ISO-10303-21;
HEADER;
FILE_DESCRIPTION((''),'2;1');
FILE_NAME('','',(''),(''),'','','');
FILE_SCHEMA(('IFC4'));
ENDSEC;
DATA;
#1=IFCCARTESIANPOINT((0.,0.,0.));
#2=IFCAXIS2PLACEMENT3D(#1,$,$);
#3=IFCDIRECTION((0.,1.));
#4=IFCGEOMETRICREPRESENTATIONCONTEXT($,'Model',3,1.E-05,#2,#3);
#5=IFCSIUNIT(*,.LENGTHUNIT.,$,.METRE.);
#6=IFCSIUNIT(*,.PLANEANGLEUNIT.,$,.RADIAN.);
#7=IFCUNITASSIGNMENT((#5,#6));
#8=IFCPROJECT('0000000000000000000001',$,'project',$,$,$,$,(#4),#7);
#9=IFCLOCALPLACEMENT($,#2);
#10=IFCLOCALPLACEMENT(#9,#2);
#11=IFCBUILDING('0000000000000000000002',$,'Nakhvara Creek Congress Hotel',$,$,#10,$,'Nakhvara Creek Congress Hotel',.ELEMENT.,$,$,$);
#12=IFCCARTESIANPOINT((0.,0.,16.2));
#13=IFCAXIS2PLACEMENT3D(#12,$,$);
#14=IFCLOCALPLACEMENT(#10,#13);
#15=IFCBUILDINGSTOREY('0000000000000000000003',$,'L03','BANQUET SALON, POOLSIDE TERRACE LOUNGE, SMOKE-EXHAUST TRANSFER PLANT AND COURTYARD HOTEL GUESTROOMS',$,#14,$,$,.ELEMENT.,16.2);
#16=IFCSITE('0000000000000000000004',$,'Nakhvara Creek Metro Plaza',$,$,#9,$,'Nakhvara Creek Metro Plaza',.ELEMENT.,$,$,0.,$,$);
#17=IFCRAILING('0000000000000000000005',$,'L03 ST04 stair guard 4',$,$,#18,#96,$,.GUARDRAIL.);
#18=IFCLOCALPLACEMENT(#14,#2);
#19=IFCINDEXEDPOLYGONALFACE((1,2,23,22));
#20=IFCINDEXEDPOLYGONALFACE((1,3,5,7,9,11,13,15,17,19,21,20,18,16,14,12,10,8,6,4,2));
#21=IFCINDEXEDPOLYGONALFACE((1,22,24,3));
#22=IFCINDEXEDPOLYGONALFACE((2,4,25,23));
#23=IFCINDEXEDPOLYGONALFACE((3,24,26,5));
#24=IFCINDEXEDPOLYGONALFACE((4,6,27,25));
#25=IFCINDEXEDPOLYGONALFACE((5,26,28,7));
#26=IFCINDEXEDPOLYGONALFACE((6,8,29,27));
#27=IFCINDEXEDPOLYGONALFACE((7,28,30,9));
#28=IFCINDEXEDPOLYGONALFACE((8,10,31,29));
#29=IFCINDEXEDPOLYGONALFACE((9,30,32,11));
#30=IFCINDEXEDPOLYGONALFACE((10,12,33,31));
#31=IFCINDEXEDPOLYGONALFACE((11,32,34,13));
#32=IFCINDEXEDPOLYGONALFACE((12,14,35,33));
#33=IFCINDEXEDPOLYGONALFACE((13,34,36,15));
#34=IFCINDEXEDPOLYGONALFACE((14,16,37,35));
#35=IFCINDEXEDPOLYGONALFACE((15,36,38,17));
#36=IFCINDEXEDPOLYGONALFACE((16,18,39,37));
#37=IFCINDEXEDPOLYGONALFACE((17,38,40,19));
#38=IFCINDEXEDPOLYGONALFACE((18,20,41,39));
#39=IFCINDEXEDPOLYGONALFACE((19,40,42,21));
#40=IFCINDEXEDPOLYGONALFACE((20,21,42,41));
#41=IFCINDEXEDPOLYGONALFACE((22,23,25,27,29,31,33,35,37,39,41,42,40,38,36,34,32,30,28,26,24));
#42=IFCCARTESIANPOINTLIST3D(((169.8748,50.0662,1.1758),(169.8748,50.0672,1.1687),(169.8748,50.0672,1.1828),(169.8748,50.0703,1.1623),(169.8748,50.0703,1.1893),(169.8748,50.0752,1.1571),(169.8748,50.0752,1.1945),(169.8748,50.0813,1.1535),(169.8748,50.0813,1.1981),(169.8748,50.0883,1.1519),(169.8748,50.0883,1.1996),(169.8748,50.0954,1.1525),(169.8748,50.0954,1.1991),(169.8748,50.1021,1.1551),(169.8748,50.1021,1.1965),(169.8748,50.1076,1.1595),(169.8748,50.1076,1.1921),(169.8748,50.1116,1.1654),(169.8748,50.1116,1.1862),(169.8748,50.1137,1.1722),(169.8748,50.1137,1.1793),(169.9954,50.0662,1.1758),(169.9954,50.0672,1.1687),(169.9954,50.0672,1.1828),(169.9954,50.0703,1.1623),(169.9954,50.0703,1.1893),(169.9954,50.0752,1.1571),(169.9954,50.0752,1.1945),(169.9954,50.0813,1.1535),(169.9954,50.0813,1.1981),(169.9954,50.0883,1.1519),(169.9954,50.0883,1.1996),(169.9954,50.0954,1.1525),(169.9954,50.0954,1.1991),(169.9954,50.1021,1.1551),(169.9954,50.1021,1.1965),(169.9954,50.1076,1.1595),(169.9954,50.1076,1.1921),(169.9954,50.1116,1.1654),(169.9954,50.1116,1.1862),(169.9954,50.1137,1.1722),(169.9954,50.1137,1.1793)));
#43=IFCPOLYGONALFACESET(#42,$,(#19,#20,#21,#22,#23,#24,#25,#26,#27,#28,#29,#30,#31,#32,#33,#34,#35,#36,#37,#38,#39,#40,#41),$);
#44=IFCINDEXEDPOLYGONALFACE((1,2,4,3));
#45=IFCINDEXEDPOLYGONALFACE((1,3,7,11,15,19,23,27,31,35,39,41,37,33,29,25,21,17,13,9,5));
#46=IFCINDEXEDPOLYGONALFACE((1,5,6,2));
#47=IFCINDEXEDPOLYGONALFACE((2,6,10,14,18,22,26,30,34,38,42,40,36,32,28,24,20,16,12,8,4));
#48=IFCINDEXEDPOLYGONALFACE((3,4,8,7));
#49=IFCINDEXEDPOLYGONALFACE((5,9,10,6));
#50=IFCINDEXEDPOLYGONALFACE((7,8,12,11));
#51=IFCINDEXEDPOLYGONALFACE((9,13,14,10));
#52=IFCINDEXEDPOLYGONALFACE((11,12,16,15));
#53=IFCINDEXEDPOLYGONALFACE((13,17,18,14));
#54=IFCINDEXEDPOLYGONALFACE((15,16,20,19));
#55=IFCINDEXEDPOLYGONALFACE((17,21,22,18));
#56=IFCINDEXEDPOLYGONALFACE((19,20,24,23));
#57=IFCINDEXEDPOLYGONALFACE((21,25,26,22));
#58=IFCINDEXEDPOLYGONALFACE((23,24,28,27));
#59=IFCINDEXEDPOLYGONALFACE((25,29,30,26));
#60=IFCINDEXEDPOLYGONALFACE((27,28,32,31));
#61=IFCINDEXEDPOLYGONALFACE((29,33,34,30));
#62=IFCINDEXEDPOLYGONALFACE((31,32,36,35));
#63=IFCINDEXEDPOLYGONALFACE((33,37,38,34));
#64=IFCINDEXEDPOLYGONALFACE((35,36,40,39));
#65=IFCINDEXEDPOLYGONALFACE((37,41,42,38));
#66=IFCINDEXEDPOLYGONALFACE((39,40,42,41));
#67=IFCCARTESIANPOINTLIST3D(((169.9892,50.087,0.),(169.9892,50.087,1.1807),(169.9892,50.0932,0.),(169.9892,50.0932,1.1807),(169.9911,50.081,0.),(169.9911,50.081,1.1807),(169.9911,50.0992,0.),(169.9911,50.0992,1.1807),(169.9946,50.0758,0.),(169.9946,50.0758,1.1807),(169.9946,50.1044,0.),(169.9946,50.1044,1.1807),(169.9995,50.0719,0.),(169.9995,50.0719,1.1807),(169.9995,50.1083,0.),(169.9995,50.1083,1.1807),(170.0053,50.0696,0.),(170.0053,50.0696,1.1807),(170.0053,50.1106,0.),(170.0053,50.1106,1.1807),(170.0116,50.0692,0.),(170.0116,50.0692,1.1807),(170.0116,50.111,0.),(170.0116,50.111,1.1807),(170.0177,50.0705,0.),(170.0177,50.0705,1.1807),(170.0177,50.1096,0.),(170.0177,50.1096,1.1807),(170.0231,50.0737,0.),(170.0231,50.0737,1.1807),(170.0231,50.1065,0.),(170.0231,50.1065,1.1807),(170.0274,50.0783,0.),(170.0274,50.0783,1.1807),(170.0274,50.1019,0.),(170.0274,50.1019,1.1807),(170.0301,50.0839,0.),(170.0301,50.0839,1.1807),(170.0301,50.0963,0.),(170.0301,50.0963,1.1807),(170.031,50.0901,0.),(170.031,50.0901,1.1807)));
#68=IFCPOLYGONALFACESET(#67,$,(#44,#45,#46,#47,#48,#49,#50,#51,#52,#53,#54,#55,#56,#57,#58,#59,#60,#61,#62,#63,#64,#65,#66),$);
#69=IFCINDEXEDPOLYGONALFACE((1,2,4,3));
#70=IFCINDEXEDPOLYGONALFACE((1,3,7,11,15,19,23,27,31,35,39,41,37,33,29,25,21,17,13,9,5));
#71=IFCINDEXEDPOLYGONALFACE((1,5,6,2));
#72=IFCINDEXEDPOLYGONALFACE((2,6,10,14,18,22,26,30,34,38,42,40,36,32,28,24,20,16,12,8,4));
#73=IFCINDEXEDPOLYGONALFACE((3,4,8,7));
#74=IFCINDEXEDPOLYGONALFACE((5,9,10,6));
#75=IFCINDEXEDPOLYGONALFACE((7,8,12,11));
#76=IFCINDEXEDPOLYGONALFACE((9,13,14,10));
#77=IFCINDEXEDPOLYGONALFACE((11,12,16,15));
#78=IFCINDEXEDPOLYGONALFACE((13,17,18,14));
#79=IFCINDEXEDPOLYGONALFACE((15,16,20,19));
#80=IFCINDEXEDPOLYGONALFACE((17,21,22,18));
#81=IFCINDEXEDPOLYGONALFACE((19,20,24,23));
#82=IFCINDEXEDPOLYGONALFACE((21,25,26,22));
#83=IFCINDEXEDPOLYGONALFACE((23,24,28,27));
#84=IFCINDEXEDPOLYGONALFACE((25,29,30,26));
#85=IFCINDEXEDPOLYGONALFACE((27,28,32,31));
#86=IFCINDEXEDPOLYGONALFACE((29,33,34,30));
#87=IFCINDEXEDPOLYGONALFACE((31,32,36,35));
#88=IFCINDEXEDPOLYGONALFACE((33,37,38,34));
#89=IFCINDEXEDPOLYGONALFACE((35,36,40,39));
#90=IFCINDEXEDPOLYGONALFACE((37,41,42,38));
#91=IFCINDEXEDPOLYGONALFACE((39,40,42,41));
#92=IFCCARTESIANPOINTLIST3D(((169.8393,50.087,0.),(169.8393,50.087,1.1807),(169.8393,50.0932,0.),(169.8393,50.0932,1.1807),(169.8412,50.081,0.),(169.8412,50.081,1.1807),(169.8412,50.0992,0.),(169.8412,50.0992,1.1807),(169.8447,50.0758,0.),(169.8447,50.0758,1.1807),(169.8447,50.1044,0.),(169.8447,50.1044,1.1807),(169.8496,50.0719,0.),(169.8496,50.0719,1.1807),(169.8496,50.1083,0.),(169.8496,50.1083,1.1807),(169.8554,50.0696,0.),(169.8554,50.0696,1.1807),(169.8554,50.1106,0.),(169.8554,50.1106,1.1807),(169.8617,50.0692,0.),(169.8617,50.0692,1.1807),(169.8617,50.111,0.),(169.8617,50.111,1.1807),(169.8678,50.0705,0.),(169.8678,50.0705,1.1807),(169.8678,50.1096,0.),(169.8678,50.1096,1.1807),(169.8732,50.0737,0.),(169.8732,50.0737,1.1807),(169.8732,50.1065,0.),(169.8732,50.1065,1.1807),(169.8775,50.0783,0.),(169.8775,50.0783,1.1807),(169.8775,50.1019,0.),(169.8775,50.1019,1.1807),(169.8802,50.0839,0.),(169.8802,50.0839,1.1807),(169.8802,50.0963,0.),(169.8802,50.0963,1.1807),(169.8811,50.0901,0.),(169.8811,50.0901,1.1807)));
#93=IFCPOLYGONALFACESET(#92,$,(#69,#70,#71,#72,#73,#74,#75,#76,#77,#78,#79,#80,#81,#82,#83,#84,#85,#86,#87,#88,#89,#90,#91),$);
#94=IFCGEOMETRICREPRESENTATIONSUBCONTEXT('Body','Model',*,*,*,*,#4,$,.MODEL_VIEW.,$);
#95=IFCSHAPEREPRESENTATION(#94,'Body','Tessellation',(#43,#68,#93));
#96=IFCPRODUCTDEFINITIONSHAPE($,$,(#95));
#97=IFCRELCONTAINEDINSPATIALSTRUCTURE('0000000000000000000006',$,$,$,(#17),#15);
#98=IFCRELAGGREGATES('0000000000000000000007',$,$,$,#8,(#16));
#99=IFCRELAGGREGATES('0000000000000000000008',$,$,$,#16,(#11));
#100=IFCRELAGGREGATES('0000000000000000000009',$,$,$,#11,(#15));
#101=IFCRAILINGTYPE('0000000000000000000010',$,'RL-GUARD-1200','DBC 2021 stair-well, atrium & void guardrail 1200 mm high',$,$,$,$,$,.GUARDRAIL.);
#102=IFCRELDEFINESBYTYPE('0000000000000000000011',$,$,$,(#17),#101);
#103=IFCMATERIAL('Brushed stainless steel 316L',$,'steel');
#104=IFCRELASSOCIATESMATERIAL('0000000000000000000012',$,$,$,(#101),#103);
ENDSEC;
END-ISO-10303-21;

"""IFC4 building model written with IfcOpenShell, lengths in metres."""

from ifc_helpers import new_model, si_unit, direction, frame, origin, origin_2d, place, context, subcontext, project, spatial, circle, extrude, material, type_object, element, save


model = new_model("IFC4")

# Units and contexts
model_context = context("Model", 3, precision=1e-05, world=origin(), true_north=direction((0.0, 1.0)))
body_context = subcontext(model_context, "Body", "Model", "MODEL_VIEW")
ifc_project = project(units=[si_unit("LENGTHUNIT", "METRE"), si_unit("PLANEANGLEUNIT", "RADIAN")], contexts=[model_context])

# Site, building, storey
site_placement = place(None, origin())
site = spatial("IfcSite", under=ifc_project, at=site_placement, Name="Nakhvara Creek Metro Plaza", LongName="Nakhvara Creek Metro Plaza", CompositionType="ELEMENT", RefElevation=0.0)
building_placement = place(site_placement, origin())
building = spatial("IfcBuilding", under=site, at=building_placement, Name="Nakhvara Creek Congress Hotel", LongName="Nakhvara Creek Congress Hotel", CompositionType="ELEMENT")
storey_placement = place(building_placement, frame((0.0, 0.0, 16.2)))
storey = spatial("IfcBuildingStorey", under=building, at=storey_placement, Name="L03", Description="BANQUET SALON, POOLSIDE TERRACE LOUNGE, SMOKE-EXHAUST TRANSFER PLANT AND COURTYARD HOTEL GUESTROOMS", CompositionType="ELEMENT", Elevation=16.2)

# Railing
ifc_material_1 = material(Name="Brushed stainless steel 316L", Category="steel")
railing_type_1 = type_object("IfcRailingType", Name="RL-GUARD-1200", Description="DBC 2021 stair-well, atrium & void guardrail 1200 mm high", PredefinedType="GUARDRAIL", material=ifc_material_1)
railing_1_placement = place(storey_placement, frame((170.01, 50.0901, 0.0)))
element("IfcRailing", 1, at=railing_1_placement, inside=storey, type_object=railing_type_1, Name="L03 ST04 stair guard 4", PredefinedType="GUARDRAIL", context=body_context, shape_type="SweptSolid", body=[
    extrude(circle(Radius=0.0239, at=origin_2d()), frame((-0.0146, 0.0, 1.1758), z_axis=(-1.0, 0.0, 0.0), x_axis=(0.0, -1.0, 0.0)), (0.0, 0.0, 1.0), 0.1206),
    extrude(circle(Radius=0.021, at=origin_2d()), origin(), (0.0, 0.0, 1.0), 1.1807),
    extrude(circle(Radius=0.021, at=origin_2d()), frame((-0.1499, 0.0, 0.0)), (0.0, 0.0, 1.0), 1.1807),
])

save(model, "model.ifc")
